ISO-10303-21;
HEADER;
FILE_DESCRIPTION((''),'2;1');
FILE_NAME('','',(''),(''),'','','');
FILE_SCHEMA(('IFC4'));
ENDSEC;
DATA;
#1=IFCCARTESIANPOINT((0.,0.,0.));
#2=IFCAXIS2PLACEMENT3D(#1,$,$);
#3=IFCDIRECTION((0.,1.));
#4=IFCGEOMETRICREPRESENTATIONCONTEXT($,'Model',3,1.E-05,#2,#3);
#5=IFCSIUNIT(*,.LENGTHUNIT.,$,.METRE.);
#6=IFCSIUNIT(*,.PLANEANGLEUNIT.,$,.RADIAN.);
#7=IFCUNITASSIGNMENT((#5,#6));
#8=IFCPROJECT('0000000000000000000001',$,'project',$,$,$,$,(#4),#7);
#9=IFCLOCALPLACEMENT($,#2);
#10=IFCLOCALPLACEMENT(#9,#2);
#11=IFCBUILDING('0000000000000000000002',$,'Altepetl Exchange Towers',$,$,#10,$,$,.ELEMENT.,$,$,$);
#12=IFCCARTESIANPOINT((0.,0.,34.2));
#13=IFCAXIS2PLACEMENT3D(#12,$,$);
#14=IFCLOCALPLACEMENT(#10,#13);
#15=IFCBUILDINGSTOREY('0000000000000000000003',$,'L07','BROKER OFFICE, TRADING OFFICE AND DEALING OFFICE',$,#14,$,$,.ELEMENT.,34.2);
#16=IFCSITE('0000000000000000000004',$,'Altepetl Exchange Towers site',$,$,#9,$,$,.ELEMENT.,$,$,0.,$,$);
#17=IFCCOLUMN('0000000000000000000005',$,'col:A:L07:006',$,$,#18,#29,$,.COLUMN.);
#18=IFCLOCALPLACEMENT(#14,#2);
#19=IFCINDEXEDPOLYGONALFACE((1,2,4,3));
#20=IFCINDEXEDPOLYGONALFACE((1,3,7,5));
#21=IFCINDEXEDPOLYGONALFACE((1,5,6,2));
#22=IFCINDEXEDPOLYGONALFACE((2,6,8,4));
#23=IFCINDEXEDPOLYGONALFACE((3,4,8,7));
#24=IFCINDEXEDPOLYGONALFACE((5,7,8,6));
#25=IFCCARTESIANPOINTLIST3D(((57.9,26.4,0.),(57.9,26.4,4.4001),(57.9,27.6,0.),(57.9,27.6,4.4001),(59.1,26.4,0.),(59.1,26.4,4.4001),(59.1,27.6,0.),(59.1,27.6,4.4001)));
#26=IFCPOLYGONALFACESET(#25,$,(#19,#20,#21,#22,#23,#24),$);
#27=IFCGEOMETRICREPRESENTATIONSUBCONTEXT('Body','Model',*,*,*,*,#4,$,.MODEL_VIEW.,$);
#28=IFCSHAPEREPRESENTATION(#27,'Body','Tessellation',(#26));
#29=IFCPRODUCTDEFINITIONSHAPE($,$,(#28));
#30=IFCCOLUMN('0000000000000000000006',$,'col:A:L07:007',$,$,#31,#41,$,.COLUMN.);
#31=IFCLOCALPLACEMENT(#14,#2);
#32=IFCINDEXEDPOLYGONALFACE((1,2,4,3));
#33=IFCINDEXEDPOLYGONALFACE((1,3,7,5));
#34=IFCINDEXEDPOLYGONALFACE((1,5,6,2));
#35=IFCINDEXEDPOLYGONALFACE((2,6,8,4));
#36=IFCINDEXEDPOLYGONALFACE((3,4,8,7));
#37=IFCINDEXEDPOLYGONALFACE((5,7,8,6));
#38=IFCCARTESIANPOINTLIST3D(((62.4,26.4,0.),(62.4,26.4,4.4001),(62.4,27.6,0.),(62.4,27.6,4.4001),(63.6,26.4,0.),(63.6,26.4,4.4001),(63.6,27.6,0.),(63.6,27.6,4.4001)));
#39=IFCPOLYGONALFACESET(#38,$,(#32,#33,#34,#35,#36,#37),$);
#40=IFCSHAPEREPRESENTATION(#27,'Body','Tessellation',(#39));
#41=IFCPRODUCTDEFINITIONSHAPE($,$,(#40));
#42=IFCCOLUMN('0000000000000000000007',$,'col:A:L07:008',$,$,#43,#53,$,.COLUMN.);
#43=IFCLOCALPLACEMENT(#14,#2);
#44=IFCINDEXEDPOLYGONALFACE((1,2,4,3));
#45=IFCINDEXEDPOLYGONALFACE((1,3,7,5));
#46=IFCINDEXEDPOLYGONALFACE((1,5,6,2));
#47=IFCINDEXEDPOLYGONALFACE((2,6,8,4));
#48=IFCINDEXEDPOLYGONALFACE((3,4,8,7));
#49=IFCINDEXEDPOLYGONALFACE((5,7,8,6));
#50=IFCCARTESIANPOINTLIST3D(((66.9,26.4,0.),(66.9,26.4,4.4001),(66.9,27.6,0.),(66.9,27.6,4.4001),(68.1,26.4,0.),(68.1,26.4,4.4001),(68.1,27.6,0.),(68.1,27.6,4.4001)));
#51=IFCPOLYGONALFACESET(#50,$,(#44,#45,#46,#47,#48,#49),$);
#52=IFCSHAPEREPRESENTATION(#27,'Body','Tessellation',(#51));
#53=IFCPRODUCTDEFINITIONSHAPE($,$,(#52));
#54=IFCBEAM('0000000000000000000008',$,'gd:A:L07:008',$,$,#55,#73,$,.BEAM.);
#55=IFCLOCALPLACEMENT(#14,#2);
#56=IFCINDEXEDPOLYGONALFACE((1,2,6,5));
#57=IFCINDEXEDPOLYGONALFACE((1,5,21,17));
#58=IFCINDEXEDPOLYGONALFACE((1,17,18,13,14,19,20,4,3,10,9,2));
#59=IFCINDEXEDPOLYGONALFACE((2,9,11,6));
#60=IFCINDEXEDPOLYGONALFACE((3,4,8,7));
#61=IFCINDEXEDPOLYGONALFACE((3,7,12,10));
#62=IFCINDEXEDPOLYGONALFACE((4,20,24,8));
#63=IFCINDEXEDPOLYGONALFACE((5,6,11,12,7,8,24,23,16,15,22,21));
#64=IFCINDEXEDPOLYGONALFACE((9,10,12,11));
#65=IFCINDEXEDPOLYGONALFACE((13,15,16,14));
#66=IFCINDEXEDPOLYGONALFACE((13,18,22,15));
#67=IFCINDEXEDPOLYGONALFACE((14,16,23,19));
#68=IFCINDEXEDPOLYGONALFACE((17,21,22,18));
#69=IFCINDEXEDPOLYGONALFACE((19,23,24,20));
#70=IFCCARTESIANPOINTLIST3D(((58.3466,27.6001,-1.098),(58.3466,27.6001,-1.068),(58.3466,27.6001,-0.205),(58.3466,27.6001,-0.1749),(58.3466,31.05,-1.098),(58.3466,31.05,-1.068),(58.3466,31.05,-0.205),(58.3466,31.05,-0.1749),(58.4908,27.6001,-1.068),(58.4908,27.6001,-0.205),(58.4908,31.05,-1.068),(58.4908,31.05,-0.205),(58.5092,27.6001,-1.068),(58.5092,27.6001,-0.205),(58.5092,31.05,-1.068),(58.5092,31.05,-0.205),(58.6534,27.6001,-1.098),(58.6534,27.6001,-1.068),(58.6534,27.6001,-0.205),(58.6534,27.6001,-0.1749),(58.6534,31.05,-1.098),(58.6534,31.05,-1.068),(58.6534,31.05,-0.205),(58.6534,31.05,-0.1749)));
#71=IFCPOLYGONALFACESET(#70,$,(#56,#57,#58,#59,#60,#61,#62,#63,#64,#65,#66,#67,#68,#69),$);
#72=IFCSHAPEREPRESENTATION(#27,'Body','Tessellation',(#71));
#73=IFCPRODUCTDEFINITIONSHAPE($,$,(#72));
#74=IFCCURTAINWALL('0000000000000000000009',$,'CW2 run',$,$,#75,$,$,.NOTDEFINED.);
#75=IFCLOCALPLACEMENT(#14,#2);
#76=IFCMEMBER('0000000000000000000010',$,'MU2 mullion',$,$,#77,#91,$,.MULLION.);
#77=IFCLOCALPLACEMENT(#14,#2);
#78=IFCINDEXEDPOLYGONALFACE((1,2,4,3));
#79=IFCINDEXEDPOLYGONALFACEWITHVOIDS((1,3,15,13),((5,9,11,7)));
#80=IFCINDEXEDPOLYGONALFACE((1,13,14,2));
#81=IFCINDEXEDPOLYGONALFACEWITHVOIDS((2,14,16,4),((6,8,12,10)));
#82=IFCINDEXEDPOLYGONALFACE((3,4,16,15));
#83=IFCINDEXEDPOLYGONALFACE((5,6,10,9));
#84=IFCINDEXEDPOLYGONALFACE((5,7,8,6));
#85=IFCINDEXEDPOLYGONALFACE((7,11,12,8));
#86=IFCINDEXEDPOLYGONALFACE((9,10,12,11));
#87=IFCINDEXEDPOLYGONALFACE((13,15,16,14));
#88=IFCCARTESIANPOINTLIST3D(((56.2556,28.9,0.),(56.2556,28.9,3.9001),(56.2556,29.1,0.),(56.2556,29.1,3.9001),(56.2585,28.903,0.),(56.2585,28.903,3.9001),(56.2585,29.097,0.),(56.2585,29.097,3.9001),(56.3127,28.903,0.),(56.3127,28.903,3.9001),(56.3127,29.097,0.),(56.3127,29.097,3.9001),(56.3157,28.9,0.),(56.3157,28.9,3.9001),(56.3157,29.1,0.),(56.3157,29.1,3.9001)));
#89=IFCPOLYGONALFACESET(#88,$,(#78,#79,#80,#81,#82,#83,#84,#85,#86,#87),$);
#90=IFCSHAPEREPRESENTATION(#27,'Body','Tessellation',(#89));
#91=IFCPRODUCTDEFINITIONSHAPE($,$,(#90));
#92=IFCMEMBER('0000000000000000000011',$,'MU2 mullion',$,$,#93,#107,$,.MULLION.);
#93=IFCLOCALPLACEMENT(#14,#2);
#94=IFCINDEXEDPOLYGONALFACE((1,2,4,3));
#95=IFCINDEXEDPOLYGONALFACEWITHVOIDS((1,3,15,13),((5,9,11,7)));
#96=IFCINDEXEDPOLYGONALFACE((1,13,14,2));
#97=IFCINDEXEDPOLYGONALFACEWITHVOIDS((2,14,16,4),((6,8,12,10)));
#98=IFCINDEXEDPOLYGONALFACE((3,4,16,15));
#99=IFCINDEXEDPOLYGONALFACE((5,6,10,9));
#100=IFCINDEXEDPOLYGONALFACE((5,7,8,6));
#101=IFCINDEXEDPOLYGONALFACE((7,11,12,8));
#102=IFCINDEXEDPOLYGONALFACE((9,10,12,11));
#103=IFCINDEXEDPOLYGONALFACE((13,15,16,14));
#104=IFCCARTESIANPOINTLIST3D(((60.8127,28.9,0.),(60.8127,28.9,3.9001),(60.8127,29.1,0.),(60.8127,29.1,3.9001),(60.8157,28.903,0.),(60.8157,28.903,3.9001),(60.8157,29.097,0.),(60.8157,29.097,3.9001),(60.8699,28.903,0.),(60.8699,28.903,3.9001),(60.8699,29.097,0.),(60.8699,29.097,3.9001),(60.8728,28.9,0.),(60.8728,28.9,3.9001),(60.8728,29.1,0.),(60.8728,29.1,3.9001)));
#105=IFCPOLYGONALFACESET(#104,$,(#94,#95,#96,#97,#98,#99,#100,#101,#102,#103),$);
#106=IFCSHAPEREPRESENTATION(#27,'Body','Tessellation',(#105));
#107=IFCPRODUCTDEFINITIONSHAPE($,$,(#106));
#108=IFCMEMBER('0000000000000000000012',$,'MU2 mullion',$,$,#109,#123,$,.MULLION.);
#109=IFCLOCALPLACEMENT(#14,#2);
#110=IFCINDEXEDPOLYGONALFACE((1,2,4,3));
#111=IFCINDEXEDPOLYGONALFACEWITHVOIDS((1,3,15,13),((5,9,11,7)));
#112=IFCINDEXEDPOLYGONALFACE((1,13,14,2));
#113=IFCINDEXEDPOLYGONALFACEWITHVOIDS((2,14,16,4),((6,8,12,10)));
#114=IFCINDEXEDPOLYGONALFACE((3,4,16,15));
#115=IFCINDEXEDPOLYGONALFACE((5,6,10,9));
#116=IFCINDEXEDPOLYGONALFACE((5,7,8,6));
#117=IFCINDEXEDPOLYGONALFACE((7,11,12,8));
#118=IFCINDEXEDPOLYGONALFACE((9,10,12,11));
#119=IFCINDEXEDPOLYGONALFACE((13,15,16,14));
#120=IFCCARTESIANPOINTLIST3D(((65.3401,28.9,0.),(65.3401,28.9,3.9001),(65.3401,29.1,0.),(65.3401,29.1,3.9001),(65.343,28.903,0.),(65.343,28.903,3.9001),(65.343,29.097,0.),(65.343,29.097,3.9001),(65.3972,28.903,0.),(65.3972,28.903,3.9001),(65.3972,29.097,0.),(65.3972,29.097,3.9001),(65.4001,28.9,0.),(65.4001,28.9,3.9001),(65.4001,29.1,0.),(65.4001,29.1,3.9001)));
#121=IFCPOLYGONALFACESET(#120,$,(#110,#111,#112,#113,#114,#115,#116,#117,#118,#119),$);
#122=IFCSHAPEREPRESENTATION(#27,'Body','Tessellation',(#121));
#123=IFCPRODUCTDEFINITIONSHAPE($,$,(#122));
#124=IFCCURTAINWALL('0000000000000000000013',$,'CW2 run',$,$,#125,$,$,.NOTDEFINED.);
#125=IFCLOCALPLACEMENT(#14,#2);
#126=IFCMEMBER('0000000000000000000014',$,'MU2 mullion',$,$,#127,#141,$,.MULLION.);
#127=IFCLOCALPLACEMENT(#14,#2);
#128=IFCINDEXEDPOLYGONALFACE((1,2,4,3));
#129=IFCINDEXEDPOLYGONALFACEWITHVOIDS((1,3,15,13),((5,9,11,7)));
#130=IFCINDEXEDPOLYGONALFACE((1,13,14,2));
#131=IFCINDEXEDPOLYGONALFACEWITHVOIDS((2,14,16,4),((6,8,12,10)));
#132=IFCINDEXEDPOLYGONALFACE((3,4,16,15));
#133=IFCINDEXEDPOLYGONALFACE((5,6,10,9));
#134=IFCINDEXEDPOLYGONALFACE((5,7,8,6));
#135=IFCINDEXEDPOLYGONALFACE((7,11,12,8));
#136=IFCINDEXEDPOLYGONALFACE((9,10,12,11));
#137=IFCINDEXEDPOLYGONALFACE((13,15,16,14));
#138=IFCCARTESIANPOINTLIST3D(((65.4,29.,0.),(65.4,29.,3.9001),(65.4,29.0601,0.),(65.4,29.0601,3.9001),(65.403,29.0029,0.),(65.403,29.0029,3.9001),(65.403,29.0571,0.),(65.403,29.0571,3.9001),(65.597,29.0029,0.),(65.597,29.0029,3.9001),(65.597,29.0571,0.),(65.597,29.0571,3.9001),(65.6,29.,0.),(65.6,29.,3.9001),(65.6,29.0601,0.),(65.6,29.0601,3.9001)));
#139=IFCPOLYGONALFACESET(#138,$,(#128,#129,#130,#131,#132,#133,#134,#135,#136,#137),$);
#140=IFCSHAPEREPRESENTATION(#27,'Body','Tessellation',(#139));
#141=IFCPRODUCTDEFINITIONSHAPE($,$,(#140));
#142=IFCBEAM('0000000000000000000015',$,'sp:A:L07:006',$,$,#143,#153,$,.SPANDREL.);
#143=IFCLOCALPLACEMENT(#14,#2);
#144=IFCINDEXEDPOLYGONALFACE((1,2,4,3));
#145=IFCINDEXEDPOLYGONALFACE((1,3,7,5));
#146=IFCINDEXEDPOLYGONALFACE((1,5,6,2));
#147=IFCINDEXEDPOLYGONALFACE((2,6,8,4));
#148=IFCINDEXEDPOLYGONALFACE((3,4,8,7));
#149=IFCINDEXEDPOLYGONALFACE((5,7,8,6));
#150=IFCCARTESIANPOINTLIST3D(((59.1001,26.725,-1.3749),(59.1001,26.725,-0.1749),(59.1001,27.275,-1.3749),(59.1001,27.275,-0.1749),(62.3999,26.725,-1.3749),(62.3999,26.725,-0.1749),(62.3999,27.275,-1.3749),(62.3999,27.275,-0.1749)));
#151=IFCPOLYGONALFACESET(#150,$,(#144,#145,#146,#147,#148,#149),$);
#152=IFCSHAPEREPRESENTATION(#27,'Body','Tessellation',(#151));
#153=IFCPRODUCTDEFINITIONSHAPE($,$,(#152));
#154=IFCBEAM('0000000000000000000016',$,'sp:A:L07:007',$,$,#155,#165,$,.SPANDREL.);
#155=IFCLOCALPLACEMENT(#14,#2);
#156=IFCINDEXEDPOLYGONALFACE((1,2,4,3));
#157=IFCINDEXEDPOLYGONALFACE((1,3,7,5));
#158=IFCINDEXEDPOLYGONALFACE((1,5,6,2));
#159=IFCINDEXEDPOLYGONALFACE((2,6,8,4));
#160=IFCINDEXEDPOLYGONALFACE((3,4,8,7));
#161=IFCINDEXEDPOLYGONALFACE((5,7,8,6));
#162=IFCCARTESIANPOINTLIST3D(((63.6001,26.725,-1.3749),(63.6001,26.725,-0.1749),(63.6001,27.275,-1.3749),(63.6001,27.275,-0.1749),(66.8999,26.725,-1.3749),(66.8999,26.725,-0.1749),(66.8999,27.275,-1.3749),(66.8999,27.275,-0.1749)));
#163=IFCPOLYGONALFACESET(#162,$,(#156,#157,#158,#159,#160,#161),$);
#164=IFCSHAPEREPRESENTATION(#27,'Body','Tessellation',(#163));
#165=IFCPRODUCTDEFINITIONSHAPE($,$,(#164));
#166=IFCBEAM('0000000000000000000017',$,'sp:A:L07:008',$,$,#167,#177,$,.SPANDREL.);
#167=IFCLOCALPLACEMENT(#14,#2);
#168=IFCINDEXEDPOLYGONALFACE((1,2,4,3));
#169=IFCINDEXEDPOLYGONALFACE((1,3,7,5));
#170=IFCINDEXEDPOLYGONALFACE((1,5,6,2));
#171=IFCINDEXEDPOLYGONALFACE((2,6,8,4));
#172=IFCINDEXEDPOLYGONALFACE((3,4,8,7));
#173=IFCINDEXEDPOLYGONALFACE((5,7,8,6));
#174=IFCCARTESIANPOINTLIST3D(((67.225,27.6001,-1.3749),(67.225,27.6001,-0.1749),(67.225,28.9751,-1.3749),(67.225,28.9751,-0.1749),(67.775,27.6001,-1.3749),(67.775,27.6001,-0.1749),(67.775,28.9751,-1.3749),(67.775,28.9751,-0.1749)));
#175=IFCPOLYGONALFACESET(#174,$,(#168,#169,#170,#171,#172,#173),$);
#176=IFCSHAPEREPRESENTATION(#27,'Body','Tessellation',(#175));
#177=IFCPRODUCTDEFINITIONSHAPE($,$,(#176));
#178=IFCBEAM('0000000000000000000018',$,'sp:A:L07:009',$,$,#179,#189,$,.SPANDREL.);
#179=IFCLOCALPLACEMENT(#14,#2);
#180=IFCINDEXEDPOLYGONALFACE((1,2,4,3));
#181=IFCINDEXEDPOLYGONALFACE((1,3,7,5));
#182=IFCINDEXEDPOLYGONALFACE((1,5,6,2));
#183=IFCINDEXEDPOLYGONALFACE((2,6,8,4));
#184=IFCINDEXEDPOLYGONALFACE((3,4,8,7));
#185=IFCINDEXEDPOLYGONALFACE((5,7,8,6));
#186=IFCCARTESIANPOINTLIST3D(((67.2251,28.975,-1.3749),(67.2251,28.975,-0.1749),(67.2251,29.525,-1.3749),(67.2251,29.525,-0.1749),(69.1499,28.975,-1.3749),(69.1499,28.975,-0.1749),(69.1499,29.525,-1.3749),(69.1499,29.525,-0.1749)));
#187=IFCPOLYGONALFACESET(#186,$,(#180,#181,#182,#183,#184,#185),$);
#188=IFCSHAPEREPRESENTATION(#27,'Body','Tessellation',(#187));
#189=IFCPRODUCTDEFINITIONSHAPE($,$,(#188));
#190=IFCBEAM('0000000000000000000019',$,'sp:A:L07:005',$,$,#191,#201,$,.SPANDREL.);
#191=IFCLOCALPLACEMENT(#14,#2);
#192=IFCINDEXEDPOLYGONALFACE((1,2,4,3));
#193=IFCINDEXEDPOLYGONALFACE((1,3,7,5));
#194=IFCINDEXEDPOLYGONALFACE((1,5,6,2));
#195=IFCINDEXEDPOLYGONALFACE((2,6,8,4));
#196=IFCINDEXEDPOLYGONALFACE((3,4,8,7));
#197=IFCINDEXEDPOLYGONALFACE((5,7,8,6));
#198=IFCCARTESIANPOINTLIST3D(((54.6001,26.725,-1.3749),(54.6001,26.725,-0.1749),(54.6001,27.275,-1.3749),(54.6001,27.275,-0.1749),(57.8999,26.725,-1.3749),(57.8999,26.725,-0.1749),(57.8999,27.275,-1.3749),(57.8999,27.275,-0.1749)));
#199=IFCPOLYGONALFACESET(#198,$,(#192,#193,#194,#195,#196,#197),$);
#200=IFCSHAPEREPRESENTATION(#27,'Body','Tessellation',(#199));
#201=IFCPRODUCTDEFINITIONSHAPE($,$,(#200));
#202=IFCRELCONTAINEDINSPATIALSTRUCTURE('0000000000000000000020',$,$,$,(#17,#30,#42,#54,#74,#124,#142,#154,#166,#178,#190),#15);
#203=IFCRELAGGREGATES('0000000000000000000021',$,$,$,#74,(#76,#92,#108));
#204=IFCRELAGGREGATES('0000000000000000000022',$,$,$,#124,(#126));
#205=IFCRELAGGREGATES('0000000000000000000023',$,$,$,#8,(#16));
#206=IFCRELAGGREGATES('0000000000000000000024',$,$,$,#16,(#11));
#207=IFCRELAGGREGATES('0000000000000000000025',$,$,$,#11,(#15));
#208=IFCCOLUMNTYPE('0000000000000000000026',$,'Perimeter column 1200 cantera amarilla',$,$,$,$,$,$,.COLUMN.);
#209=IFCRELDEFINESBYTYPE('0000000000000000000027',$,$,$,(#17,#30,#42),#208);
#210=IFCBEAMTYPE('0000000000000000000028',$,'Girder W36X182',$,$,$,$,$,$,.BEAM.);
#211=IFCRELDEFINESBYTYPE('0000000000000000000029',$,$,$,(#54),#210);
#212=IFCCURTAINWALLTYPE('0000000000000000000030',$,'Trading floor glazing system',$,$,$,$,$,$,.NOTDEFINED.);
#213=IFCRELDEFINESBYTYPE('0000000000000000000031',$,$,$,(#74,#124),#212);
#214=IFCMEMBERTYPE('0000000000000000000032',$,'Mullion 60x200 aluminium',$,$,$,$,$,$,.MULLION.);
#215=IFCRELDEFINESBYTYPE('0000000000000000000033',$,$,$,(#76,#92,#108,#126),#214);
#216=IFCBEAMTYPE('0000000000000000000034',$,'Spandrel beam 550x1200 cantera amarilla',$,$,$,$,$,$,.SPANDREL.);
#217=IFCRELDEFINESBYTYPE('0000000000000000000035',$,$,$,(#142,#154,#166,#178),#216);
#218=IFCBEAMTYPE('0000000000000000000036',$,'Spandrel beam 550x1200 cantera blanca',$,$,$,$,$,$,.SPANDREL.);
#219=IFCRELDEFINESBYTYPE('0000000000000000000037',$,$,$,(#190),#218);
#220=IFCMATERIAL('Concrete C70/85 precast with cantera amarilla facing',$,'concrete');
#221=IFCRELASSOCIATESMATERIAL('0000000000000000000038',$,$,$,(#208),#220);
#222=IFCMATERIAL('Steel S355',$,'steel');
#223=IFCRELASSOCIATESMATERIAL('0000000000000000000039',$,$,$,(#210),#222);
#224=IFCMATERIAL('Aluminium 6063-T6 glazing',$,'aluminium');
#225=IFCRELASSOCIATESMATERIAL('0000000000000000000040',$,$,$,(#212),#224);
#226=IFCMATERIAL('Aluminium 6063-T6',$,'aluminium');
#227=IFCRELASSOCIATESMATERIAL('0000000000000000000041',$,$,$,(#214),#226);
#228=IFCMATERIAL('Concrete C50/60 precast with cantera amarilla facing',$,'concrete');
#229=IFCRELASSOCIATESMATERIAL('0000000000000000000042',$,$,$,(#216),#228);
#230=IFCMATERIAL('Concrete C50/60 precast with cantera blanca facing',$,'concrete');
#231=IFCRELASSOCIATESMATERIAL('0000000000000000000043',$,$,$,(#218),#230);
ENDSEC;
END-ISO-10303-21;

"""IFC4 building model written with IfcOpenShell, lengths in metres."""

from ifc_helpers import new_model, si_unit, direction, frame, origin, origin_2d, place, context, subcontext, project, spatial, rectangle, hollow_rectangle, i_section, extrude, material, material_profile, profile_set, type_object, element, aggregate, save


model = new_model("IFC4")

# Units and contexts
model_context = context("Model", 3, precision=1e-05, world=origin(), true_north=direction((0.0, 1.0)))
body_context = subcontext(model_context, "Body", "Model", "MODEL_VIEW")
ifc_project = project(units=[si_unit("LENGTHUNIT", "METRE"), si_unit("PLANEANGLEUNIT", "RADIAN")], contexts=[model_context])

# Site, building, storey
site_placement = place(None, origin())
site = spatial("IfcSite", under=ifc_project, at=site_placement, Name="Altepetl Exchange Towers site", CompositionType="ELEMENT", RefElevation=0.0)
building_placement = place(site_placement, origin())
building = spatial("IfcBuilding", under=site, at=building_placement, Name="Altepetl Exchange Towers", CompositionType="ELEMENT")
storey_placement = place(building_placement, frame((0.0, 0.0, 34.2)))
storey = spatial("IfcBuildingStorey", under=building, at=storey_placement, Name="L07", Description="BROKER OFFICE, TRADING OFFICE AND DEALING OFFICE", CompositionType="ELEMENT", Elevation=34.2)

# Columns
ifc_material_1 = material(Name="Concrete C70/85 precast with cantera amarilla facing", Category="concrete")
ifc_material_profile_1 = material_profile(ifc_material_1, rectangle(XDim=1.2, YDim=1.2, at=origin_2d()), Name="1200 x 1200")
ifc_profile_set_1 = profile_set([ifc_material_profile_1], Name="Concrete C70/85 precast with cantera amarilla facing")
column_type = type_object("IfcColumnType", Name="Perimeter column 1200 cantera amarilla", PredefinedType="COLUMN", material=ifc_profile_set_1)
for number, where, name in (
    (1, (58.5, 27.0, 0.0), "col:A:L07:006"),
    (2, (63.0, 27.0, 0.0), "col:A:L07:007"),
    (3, (67.5, 27.0, 0.0), "col:A:L07:008"),
):
    element("IfcColumn", number, at=place(storey_placement, frame(where)), inside=storey, type_object=column_type, Name=name, PredefinedType="COLUMN", context=body_context, shape_type="SweptSolid", body=[
        extrude(rectangle(XDim=1.2, YDim=1.2, at=origin_2d()), origin(), (0.0, 0.0, 1.0), 4.4001),
    ])

# Beam
ifc_material_2 = material(Name="Steel S355", Category="steel")
ifc_material_profile_2 = material_profile(ifc_material_2, i_section(OverallWidth=0.3069, OverallDepth=0.9231, WebThickness=0.0183, FlangeThickness=0.03, at=origin_2d()), Name="W36X182")
ifc_profile_set_2 = profile_set([ifc_material_profile_2], Name="Steel S355")
beam_type_1 = type_object("IfcBeamType", Name="Girder W36X182", PredefinedType="BEAM", material=ifc_profile_set_2)
beam_1_placement = place(storey_placement, frame((58.5, 31.05, -0.6365), z_axis=(0.0, -1.0, 0.0), x_axis=(1.0, 0.0, 0.0)))
element("IfcBeam", 4, at=beam_1_placement, inside=storey, type_object=beam_type_1, Name="gd:A:L07:008", PredefinedType="BEAM", context=body_context, shape_type="SweptSolid", body=[
    extrude(i_section(OverallWidth=0.3069, OverallDepth=0.9231, WebThickness=0.0183, FlangeThickness=0.03, at=origin_2d()), origin(), (0.0, 0.0, 1.0), 3.45),
])

# Curtain wall, members
ifc_material_3 = material(Name="Aluminium 6063-T6 glazing", Category="aluminium")
curtain_wall_type = type_object("IfcCurtainWallType", Name="Trading floor glazing system", PredefinedType="NOTDEFINED", material=ifc_material_3)
curtain_wall_1_placement = place(storey_placement, origin())
curtain_wall_1 = element("IfcCurtainWall", 5, at=curtain_wall_1_placement, inside=storey, type_object=curtain_wall_type, Name="CW2 run", PredefinedType="NOTDEFINED")
ifc_material_4 = material(Name="Aluminium 6063-T6", Category="aluminium")
ifc_material_profile_3 = material_profile(ifc_material_4, hollow_rectangle(XDim=0.0601, YDim=0.2, WallThickness=0.0029, at=origin_2d()), Name="Mullion 60x200 aluminium")
ifc_profile_set_3 = profile_set([ifc_material_profile_3], Name="Aluminium 6063-T6")
member_type = type_object("IfcMemberType", Name="Mullion 60x200 aluminium", PredefinedType="MULLION", material=ifc_profile_set_3)
member_1_placement = place(storey_placement, frame((56.2856, 29.0, 0.0)))
member_1 = element("IfcMember", 6, at=member_1_placement, type_object=member_type, Name="MU2 mullion", PredefinedType="MULLION", context=body_context, shape_type="SweptSolid", body=[
    extrude(hollow_rectangle(XDim=0.0601, YDim=0.2, WallThickness=0.0029, at=origin_2d()), origin(), (0.0, 0.0, 1.0), 3.9001),
])
member_2_placement = place(storey_placement, frame((60.8428, 29.0, 0.0)))
member_2 = element("IfcMember", 7, at=member_2_placement, type_object=member_type, Name="MU2 mullion", PredefinedType="MULLION", context=body_context, shape_type="SweptSolid", body=[
    extrude(hollow_rectangle(XDim=0.0601, YDim=0.2, WallThickness=0.0029, at=origin_2d()), origin(), (0.0, 0.0, 1.0), 3.9001),
])
member_3_placement = place(storey_placement, frame((65.3701, 29.0, 0.0)))
member_3 = element("IfcMember", 8, at=member_3_placement, type_object=member_type, Name="MU2 mullion", PredefinedType="MULLION", context=body_context, shape_type="SweptSolid", body=[
    extrude(hollow_rectangle(XDim=0.0601, YDim=0.2, WallThickness=0.0029, at=origin_2d()), origin(), (0.0, 0.0, 1.0), 3.9001),
])

# Curtain wall, member
curtain_wall_2_placement = place(storey_placement, origin())
curtain_wall_2 = element("IfcCurtainWall", 9, at=curtain_wall_2_placement, inside=storey, type_object=curtain_wall_type, Name="CW2 run", PredefinedType="NOTDEFINED")
member_4_placement = place(storey_placement, frame((65.5, 29.03, 0.0), z_axis=(0.0, 0.0, 1.0), x_axis=(0.0, 1.0, 0.0)))
member_4 = element("IfcMember", 10, at=member_4_placement, type_object=member_type, Name="MU2 mullion", PredefinedType="MULLION", context=body_context, shape_type="SweptSolid", body=[
    extrude(hollow_rectangle(XDim=0.0601, YDim=0.2, WallThickness=0.0029, at=origin_2d()), origin(), (0.0, 0.0, 1.0), 3.9001),
])

# Beams
ifc_material_5 = material(Name="Concrete C50/60 precast with cantera amarilla facing", Category="concrete")
ifc_material_profile_4 = material_profile(ifc_material_5, rectangle(XDim=0.55, YDim=1.2, at=origin_2d()), Name="550 x 1200")
ifc_profile_set_4 = profile_set([ifc_material_profile_4], Name="Concrete C50/60 precast with cantera amarilla facing")
beam_type_2 = type_object("IfcBeamType", Name="Spandrel beam 550x1200 cantera amarilla", PredefinedType="SPANDREL", material=ifc_profile_set_4)
for number, where, z_axis, x_axis, name in (
    (11, (59.1001, 27.0, -0.7749), (1.0, 0.0, 0.0), (0.0, 1.0, 0.0), "sp:A:L07:006"),
    (12, (63.6001, 27.0, -0.7749), (1.0, 0.0, 0.0), (0.0, 1.0, 0.0), "sp:A:L07:007"),
):
    element("IfcBeam", number, at=place(storey_placement, frame(where, z_axis=z_axis, x_axis=x_axis)), inside=storey, type_object=beam_type_2, Name=name, PredefinedType="SPANDREL", context=body_context, shape_type="SweptSolid", body=[
        extrude(rectangle(XDim=0.55, YDim=1.2, at=origin_2d()), origin(), (0.0, 0.0, 1.0), 3.2998),
    ])
beam_2_placement = place(storey_placement, frame((67.5, 27.6001, -0.7749), z_axis=(0.0, 1.0, 0.0), x_axis=(-1.0, 0.0, 0.0)))
element("IfcBeam", 13, at=beam_2_placement, inside=storey, type_object=beam_type_2, Name="sp:A:L07:008", PredefinedType="SPANDREL", context=body_context, shape_type="SweptSolid", body=[
    extrude(rectangle(XDim=0.55, YDim=1.2, at=origin_2d()), origin(), (0.0, 0.0, 1.0), 1.375),
])
beam_3_placement = place(storey_placement, frame((67.2251, 29.25, -0.7749), z_axis=(1.0, 0.0, 0.0), x_axis=(0.0, 1.0, 0.0)))
element("IfcBeam", 14, at=beam_3_placement, inside=storey, type_object=beam_type_2, Name="sp:A:L07:009", PredefinedType="SPANDREL", context=body_context, shape_type="SweptSolid", body=[
    extrude(rectangle(XDim=0.55, YDim=1.2, at=origin_2d()), origin(), (0.0, 0.0, 1.0), 1.9248),
])
ifc_material_6 = material(Name="Concrete C50/60 precast with cantera blanca facing", Category="concrete")
ifc_material_profile_5 = material_profile(ifc_material_6, rectangle(XDim=0.55, YDim=1.2, at=origin_2d()), Name="550 x 1200")
ifc_profile_set_5 = profile_set([ifc_material_profile_5], Name="Concrete C50/60 precast with cantera blanca facing")
beam_type_3 = type_object("IfcBeamType", Name="Spandrel beam 550x1200 cantera blanca", PredefinedType="SPANDREL", material=ifc_profile_set_5)
beam_4_placement = place(storey_placement, frame((54.6001, 27.0, -0.7749), z_axis=(1.0, 0.0, 0.0), x_axis=(0.0, 1.0, 0.0)))
element("IfcBeam", 15, at=beam_4_placement, inside=storey, type_object=beam_type_3, Name="sp:A:L07:005", PredefinedType="SPANDREL", context=body_context, shape_type="SweptSolid", body=[
    extrude(rectangle(XDim=0.55, YDim=1.2, at=origin_2d()), origin(), (0.0, 0.0, 1.0), 3.2998),
])

aggregate(curtain_wall_1, [member_1, member_2, member_3])
aggregate(curtain_wall_2, [member_4])

save(model, "model.ifc")
